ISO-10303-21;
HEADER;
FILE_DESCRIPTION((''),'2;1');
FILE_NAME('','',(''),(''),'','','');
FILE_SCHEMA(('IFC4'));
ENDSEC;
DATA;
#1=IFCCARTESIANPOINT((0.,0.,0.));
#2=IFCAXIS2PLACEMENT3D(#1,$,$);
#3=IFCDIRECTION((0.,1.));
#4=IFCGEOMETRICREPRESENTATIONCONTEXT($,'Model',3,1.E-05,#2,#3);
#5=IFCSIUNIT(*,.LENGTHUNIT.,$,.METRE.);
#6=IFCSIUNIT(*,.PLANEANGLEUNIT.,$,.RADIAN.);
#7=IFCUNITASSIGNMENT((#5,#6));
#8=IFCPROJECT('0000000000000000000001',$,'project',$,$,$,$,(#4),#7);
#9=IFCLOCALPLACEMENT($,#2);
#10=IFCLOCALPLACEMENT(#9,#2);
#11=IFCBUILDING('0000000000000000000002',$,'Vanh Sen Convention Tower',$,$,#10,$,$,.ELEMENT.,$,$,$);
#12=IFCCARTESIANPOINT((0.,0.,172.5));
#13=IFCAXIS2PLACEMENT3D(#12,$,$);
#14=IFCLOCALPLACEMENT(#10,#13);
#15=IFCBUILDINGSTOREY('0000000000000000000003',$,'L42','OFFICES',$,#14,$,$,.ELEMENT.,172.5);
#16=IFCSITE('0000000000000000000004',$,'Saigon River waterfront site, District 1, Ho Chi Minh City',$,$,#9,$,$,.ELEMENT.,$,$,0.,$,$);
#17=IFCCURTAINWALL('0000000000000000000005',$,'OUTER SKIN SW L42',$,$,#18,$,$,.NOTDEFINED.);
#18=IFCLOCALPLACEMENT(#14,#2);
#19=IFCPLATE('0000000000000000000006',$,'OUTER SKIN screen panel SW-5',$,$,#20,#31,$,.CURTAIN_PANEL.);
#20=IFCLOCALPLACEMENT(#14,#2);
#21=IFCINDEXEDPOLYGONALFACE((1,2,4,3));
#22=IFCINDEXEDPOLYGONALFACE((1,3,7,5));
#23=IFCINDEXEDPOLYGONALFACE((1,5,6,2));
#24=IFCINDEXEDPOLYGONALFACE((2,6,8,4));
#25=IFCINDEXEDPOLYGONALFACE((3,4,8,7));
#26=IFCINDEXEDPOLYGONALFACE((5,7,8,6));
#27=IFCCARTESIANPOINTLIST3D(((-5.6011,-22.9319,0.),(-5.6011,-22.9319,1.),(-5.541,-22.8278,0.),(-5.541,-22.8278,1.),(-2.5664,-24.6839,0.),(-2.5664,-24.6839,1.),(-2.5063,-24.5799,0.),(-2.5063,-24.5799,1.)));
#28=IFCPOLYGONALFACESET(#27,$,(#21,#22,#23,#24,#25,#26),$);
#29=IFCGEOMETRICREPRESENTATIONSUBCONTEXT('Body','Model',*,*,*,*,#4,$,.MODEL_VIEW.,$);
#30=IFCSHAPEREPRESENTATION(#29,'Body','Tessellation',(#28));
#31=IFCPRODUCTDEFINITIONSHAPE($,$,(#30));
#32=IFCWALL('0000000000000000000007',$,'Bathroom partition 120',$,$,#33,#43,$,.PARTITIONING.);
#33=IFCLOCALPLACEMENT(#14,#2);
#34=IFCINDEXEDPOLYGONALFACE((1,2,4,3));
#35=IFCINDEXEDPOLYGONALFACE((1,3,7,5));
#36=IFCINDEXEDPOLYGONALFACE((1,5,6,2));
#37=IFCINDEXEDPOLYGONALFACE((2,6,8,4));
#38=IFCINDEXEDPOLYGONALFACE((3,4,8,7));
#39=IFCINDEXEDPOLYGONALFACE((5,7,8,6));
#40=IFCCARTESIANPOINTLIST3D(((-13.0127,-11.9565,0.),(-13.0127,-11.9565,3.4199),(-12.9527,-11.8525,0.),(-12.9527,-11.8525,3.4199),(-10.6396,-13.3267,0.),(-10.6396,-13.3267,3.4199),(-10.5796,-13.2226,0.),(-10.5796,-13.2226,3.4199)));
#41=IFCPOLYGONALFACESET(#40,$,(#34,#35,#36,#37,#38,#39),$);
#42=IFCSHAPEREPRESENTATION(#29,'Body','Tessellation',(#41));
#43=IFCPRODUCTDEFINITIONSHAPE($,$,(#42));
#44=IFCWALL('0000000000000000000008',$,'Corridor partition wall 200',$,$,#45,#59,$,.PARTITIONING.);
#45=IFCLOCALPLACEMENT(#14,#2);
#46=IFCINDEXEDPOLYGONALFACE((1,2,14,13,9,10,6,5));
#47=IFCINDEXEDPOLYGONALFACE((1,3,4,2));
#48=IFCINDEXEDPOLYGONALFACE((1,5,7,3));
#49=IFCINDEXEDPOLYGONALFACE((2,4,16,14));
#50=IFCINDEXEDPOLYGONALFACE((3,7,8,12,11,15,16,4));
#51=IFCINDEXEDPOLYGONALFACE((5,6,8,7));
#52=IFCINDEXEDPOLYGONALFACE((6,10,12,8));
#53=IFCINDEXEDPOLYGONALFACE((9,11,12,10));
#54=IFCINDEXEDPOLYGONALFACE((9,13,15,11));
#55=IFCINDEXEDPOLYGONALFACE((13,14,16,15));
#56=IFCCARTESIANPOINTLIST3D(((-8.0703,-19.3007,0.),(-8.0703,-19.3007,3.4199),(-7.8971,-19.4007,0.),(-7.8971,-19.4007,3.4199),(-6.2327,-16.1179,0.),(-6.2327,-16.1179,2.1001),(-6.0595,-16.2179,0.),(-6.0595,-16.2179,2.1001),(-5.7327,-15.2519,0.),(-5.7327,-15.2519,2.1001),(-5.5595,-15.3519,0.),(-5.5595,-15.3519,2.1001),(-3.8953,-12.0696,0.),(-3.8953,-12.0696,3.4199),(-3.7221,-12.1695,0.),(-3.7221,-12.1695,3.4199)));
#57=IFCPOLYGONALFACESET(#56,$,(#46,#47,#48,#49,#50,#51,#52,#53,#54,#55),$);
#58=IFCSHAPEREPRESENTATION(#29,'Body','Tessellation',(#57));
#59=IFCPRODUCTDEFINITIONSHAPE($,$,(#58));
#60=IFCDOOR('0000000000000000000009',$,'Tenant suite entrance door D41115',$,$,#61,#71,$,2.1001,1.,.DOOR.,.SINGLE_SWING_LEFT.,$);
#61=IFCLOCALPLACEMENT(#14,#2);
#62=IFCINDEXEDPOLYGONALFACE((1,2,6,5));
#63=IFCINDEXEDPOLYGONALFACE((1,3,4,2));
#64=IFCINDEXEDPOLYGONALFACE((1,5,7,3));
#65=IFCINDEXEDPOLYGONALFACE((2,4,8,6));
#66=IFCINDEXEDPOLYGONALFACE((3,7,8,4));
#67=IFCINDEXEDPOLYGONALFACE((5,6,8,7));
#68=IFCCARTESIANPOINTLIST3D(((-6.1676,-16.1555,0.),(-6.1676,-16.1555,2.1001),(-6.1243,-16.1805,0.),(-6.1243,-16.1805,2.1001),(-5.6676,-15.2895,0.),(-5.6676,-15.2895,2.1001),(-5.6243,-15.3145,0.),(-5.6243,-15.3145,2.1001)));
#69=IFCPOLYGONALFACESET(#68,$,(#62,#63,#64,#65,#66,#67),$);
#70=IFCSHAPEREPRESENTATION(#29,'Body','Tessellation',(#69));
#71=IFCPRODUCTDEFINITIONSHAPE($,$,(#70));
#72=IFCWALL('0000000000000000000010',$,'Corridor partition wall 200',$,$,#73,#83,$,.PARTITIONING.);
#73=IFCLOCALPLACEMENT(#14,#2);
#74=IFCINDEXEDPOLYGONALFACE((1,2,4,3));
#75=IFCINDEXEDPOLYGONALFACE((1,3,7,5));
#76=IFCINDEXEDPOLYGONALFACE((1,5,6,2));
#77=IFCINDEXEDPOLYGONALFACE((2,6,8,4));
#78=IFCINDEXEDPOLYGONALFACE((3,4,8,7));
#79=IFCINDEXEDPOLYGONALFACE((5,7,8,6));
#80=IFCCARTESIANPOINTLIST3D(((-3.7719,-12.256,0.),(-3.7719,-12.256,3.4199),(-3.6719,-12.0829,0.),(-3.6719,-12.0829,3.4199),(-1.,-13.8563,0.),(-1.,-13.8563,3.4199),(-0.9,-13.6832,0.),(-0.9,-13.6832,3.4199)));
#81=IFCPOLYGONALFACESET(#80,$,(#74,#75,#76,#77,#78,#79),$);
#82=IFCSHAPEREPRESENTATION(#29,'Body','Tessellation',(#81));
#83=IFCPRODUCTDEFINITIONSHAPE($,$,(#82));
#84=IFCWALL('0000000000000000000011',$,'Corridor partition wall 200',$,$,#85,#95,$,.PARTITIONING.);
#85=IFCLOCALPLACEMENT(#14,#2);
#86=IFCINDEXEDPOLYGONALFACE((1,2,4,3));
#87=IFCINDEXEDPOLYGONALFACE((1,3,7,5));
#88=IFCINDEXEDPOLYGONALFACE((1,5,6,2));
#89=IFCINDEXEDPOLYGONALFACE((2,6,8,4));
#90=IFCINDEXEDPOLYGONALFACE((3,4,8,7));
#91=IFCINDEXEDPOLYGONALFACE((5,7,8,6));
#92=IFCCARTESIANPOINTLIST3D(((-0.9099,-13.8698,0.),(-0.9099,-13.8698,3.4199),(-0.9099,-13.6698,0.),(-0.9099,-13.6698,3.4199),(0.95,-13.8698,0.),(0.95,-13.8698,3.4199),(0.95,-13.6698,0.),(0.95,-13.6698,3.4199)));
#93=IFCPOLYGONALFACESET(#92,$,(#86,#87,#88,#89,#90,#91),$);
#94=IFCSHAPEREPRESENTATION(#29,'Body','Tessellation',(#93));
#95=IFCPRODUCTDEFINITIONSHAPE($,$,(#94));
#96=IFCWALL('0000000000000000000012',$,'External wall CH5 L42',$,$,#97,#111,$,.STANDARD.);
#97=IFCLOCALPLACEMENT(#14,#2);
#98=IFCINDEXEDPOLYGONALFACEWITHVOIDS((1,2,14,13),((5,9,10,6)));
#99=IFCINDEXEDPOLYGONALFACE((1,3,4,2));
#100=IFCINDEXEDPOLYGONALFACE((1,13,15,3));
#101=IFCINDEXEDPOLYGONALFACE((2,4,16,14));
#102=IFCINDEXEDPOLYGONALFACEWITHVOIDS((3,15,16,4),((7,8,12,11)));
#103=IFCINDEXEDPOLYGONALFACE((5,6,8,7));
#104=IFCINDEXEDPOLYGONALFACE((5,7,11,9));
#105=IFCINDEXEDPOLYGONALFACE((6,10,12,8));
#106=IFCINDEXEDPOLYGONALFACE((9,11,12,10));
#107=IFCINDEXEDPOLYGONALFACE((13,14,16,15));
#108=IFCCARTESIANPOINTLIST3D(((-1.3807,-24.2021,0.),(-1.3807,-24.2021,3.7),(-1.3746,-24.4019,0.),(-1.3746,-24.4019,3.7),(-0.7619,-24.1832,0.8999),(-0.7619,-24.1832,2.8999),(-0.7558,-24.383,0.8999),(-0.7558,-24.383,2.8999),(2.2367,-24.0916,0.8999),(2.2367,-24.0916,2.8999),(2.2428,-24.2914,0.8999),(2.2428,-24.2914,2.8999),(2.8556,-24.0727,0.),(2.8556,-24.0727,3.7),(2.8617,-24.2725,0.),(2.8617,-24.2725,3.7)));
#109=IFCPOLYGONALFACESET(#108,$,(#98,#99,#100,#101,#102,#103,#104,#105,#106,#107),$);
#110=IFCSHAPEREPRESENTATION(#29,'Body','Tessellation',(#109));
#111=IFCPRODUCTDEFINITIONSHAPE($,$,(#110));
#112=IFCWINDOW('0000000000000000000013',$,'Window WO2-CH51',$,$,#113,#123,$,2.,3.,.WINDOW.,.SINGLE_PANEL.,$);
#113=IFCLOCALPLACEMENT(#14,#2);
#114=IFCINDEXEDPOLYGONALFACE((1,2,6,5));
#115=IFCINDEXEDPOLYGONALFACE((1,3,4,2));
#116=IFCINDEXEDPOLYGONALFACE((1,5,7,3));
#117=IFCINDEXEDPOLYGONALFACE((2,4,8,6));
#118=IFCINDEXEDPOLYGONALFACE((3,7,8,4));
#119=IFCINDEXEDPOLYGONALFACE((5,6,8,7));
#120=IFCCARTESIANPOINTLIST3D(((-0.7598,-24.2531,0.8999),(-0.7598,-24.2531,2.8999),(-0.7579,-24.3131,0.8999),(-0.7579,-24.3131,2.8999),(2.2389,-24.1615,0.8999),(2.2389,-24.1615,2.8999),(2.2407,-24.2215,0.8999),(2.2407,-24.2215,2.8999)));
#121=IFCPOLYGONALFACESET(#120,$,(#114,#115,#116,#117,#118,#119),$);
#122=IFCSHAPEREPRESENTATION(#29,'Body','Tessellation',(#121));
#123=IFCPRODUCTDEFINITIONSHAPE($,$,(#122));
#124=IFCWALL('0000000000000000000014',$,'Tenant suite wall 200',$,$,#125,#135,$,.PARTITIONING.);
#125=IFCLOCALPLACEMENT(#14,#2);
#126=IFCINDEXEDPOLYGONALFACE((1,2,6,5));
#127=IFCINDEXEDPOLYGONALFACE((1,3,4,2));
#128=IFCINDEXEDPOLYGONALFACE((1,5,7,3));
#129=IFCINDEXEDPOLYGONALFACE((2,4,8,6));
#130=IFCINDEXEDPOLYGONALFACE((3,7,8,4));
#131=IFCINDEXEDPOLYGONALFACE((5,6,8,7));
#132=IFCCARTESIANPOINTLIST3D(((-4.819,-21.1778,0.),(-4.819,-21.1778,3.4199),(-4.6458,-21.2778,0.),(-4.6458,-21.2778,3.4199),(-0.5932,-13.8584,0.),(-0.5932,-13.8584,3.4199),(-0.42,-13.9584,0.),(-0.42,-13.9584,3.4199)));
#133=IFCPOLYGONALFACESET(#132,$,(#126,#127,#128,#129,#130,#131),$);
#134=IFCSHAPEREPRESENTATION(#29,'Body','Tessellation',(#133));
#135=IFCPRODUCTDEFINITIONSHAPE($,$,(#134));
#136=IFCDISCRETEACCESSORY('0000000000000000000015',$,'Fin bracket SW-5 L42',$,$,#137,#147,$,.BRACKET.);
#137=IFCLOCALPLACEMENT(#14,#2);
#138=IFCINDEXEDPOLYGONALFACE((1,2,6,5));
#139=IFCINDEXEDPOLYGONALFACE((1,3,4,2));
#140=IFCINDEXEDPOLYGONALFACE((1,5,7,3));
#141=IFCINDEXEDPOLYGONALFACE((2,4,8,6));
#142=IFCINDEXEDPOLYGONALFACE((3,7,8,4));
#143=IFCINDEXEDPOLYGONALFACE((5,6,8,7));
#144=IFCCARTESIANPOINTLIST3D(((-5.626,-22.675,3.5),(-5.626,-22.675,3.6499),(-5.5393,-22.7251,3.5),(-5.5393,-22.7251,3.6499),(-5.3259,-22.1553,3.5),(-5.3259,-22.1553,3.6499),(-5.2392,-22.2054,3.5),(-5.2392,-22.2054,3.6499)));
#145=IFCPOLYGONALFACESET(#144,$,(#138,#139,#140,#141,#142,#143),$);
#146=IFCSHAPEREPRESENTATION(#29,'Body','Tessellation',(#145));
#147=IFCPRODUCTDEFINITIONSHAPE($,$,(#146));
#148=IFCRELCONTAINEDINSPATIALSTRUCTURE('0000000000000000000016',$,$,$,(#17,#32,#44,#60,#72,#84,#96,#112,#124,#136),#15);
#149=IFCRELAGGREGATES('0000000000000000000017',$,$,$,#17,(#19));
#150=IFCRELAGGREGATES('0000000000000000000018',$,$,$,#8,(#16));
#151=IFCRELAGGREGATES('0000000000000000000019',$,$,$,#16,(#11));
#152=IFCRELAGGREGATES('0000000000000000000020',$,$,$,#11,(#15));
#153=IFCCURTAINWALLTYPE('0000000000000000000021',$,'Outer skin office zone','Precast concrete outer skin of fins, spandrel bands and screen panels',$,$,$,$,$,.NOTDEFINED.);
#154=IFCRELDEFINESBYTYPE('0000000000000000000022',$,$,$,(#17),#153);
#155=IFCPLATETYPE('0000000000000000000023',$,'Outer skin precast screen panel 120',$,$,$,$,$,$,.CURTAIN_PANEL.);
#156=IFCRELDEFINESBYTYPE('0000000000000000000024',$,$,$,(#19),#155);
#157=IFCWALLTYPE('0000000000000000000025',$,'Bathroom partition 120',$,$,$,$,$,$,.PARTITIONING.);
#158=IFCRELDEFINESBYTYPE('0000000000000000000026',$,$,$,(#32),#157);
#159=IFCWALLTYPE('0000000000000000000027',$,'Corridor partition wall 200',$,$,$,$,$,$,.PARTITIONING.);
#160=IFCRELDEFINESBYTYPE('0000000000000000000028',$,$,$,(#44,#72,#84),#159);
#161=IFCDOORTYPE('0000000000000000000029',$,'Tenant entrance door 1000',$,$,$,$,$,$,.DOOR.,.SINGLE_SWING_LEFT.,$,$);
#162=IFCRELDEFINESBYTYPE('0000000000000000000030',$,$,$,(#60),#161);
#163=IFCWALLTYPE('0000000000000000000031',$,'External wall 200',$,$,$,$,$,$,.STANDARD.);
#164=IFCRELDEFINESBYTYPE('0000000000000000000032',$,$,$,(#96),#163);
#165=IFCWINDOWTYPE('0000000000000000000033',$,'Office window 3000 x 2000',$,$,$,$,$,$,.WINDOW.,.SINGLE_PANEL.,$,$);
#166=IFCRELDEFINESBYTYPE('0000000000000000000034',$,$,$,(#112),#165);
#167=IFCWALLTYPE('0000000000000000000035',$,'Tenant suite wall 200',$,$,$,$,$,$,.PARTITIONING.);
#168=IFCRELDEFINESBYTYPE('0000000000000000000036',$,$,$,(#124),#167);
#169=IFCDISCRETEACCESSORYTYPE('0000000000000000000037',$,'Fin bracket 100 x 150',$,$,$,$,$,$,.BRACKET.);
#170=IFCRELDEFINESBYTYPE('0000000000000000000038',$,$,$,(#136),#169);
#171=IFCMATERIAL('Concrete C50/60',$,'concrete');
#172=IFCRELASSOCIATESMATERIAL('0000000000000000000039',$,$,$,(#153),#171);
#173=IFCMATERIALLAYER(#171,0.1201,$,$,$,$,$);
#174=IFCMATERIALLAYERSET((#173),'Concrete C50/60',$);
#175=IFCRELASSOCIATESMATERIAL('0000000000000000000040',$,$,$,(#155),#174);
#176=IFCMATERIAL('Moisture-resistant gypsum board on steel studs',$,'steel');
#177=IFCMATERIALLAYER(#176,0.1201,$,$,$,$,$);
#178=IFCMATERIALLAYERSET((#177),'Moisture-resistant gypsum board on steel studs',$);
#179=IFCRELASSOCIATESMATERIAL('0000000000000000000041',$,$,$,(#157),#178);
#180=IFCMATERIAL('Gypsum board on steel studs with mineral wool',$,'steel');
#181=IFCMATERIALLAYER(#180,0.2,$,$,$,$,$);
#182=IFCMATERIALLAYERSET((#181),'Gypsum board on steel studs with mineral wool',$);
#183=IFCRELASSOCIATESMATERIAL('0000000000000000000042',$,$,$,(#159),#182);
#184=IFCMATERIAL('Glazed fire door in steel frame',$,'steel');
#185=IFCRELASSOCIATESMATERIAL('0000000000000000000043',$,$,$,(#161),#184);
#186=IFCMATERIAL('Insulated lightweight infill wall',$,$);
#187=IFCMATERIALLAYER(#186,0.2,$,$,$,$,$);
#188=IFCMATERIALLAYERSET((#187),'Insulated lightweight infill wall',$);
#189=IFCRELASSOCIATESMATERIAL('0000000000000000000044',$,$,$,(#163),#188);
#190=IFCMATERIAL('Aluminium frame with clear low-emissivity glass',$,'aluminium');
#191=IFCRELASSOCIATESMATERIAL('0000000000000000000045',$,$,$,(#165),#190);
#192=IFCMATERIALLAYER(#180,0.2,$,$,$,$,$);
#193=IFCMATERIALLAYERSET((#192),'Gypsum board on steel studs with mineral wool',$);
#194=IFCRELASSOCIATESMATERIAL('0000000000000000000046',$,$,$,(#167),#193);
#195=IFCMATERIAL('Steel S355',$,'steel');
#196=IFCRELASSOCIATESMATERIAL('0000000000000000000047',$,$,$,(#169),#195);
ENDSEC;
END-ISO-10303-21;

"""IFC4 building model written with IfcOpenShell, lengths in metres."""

from ifc_helpers import new_model, si_unit, direction, frame, frame_2d, origin, origin_2d, place, context, subcontext, project, spatial, rectangle, extrude, material, layer, layer_set, type_object, element, fill, aggregate, save


model = new_model("IFC4")

# Units and contexts
model_context = context("Model", 3, precision=1e-05, world=origin(), true_north=direction((0.0, 1.0)))
body_context = subcontext(model_context, "Body", "Model", "MODEL_VIEW")
ifc_project = project(units=[si_unit("LENGTHUNIT", "METRE"), si_unit("PLANEANGLEUNIT", "RADIAN")], contexts=[model_context])

# Site, building, storey
site_placement = place(None, origin())
site = spatial("IfcSite", under=ifc_project, at=site_placement, Name="Saigon River waterfront site, District 1, Ho Chi Minh City", CompositionType="ELEMENT", RefElevation=0.0)
building_placement = place(site_placement, origin())
building = spatial("IfcBuilding", under=site, at=building_placement, Name="Vanh Sen Convention Tower", CompositionType="ELEMENT")
storey_placement = place(building_placement, frame((0.0, 0.0, 172.5)))
storey = spatial("IfcBuildingStorey", under=building, at=storey_placement, Name="L42", Description="OFFICES", CompositionType="ELEMENT", Elevation=172.5)

# Curtain wall
ifc_material_1 = material(Name="Concrete C50/60", Category="concrete")
curtain_wall_type = type_object("IfcCurtainWallType", Name="Outer skin office zone", Description="Precast concrete outer skin of fins, spandrel bands and screen panels", PredefinedType="NOTDEFINED", material=ifc_material_1)
curtain_wall_1_placement = place(storey_placement, origin())
curtain_wall_1 = element("IfcCurtainWall", 1, at=curtain_wall_1_placement, inside=storey, type_object=curtain_wall_type, Name="OUTER SKIN SW L42", PredefinedType="NOTDEFINED")

# Plate
ifc_layer_1 = layer(ifc_material_1, 0.1201)
ifc_layer_set_1 = layer_set([ifc_layer_1], Name="Concrete C50/60")
plate_type = type_object("IfcPlateType", Name="Outer skin precast screen panel 120", PredefinedType="CURTAIN_PANEL", material=ifc_layer_set_1)
plate_1_placement = place(storey_placement, frame((-4.0537, -23.7559, 0.0), z_axis=(0.0, 0.0, 1.0), x_axis=(0.866035, -0.499983, 0.0)))
plate_1 = element("IfcPlate", 2, at=plate_1_placement, type_object=plate_type, Name="OUTER SKIN screen panel SW-5", PredefinedType="CURTAIN_PANEL", context=body_context, shape_type="SweptSolid", body=[
    extrude(rectangle(XDim=3.5042, YDim=0.1201, at=origin_2d()), origin(), (0.0, 0.0, 1.0), 1.0),
])
aggregate(curtain_wall_1, [plate_1])

# Wall
ifc_material_2 = material(Name="Moisture-resistant gypsum board on steel studs", Category="steel")
ifc_layer_2 = layer(ifc_material_2, 0.1201)
ifc_layer_set_2 = layer_set([ifc_layer_2], Name="Moisture-resistant gypsum board on steel studs")
wall_type_1 = type_object("IfcWallType", Name="Bathroom partition 120", PredefinedType="PARTITIONING", material=ifc_layer_set_2)
wall_1_placement = place(storey_placement, frame((-10.6096, -13.2747, 0.0), z_axis=(0.0, 0.0, 1.0), x_axis=(-0.866019, 0.50001, 0.0)))
element("IfcWall", 3, at=wall_1_placement, inside=storey, type_object=wall_type_1, Name="Bathroom partition 120", PredefinedType="PARTITIONING", context=body_context, shape_type="SweptSolid", body=[
    extrude(rectangle(XDim=2.7402, YDim=0.1201, at=frame_2d((1.3701, 0.0))), origin(), (0.0, 0.0, 1.0), 3.4199),
])

# Wall, opening, door
ifc_material_3 = material(Name="Gypsum board on steel studs with mineral wool", Category="steel")
ifc_layer_3 = layer(ifc_material_3, 0.2)
ifc_layer_set_3 = layer_set([ifc_layer_3], Name="Gypsum board on steel studs with mineral wool")
wall_type_2 = type_object("IfcWallType", Name="Corridor partition wall 200", PredefinedType="PARTITIONING", material=ifc_layer_set_3)
wall_2_placement = place(storey_placement, frame((-7.9836, -19.3506, 0.0), z_axis=(0.0, 0.0, 1.0), x_axis=(0.50001, 0.86602, 0.0)))
wall_2 = element("IfcWall", 4, at=wall_2_placement, inside=storey, type_object=wall_type_2, Name="Corridor partition wall 200", PredefinedType="PARTITIONING", context=body_context, shape_type="SweptSolid", body=[
    extrude(rectangle(XDim=8.3499, YDim=0.2, at=frame_2d((4.1748, 0.0))), origin(), (0.0, 0.0, 1.0), 3.4199),
])
opening_1_placement = place(wall_2_placement, frame((3.675, 0.0, 0.0)))
opening_1 = element("IfcOpeningElement", 5, at=opening_1_placement, cuts=wall_2, PredefinedType="OPENING", context=body_context, shape_type="SweptSolid", body=[
    extrude(rectangle(XDim=1.0, YDim=2.1001, at=frame_2d((0.5, 1.05))), frame((0.0, 0.1099, 0.0), z_axis=(0.0, -1.0, 0.0), x_axis=(1.0, 0.0, 0.0)), (0.0, 0.0, 1.0), 0.22),
])
ifc_material_4 = material(Name="Glazed fire door in steel frame", Category="steel")
door_type = type_object("IfcDoorType", Name="Tenant entrance door 1000", OperationType="SINGLE_SWING_LEFT", PredefinedType="DOOR", material=ifc_material_4)
door_placement = place(opening_1_placement, origin())
door = element("IfcDoor", 6, at=door_placement, inside=storey, type_object=door_type, Name="Tenant suite entrance door D41115", OperationType="SINGLE_SWING_LEFT", OverallHeight=2.1001, OverallWidth=1.0, PredefinedType="DOOR", context=body_context, shape_type="SweptSolid", body=[
    extrude(rectangle(XDim=1.0, YDim=2.1001, at=frame_2d((0.5, 1.05))), frame((0.0, 0.0249, 0.0), z_axis=(0.0, -1.0, 0.0), x_axis=(1.0, 0.0, 0.0)), (0.0, 0.0, 1.0), 0.05),
])
fill(opening_1, door)

# Walls
wall_3_placement = place(storey_placement, frame((-3.7219, -12.1694, 0.0), z_axis=(0.0, 0.0, 1.0), x_axis=(0.866033, -0.499987, 0.0)))
element("IfcWall", 7, at=wall_3_placement, inside=storey, type_object=wall_type_2, Name="Corridor partition wall 200", PredefinedType="PARTITIONING", context=body_context, shape_type="SweptSolid", body=[
    extrude(rectangle(XDim=3.2007, YDim=0.2, at=frame_2d((1.6003, 0.0))), origin(), (0.0, 0.0, 1.0), 3.4199),
])
wall_4_placement = place(storey_placement, frame((-0.9099, -13.7698, 0.0), z_axis=(0.0, 0.0, 1.0), x_axis=(1.0, 0.0, 0.0)))
element("IfcWall", 8, at=wall_4_placement, inside=storey, type_object=wall_type_2, Name="Corridor partition wall 200", PredefinedType="PARTITIONING", context=body_context, shape_type="SweptSolid", body=[
    extrude(rectangle(XDim=1.8599, YDim=0.2, at=frame_2d((0.9299, 0.0))), origin(), (0.0, 0.0, 1.0), 3.4199),
])

# Wall, opening, window
ifc_material_5 = material(Name="Insulated lightweight infill wall")
ifc_layer_4 = layer(ifc_material_5, 0.2)
ifc_layer_set_4 = layer_set([ifc_layer_4], Name="Insulated lightweight infill wall")
wall_type_3 = type_object("IfcWallType", Name="External wall 200", PredefinedType="STANDARD", material=ifc_layer_set_4)
wall_5_placement = place(storey_placement, frame((-1.3777, -24.302, 0.0), z_axis=(0.0, 0.0, 1.0), x_axis=(0.999534, 0.03053, 0.0)))
wall_5 = element("IfcWall", 9, at=wall_5_placement, inside=storey, type_object=wall_type_3, Name="External wall CH5 L42", PredefinedType="STANDARD", context=body_context, shape_type="SweptSolid", body=[
    extrude(rectangle(XDim=4.2383, YDim=0.2, at=frame_2d((2.1191, 0.0))), origin(), (0.0, 0.0, 1.0), 3.7),
])
opening_2_placement = place(wall_5_placement, frame((0.6191, 0.0, 0.8999)))
opening_2 = element("IfcOpeningElement", 10, at=opening_2_placement, cuts=wall_5, PredefinedType="OPENING", context=body_context, shape_type="SweptSolid", body=[
    extrude(rectangle(XDim=3.0, YDim=2.0, at=frame_2d((1.5, 1.0))), frame((0.0, 0.1099, 0.0), z_axis=(0.0, -1.0, 0.0), x_axis=(1.0, 0.0, 0.0)), (0.0, 0.0, 1.0), 0.22),
])
ifc_material_6 = material(Name="Aluminium frame with clear low-emissivity glass", Category="aluminium")
window_type = type_object("IfcWindowType", Name="Office window 3000 x 2000", PartitioningType="SINGLE_PANEL", PredefinedType="WINDOW", material=ifc_material_6)
window_placement = place(opening_2_placement, origin())
window = element("IfcWindow", 11, at=window_placement, inside=storey, type_object=window_type, Name="Window WO2-CH51", OverallHeight=2.0, OverallWidth=3.0, PartitioningType="SINGLE_PANEL", PredefinedType="WINDOW", context=body_context, shape_type="SweptSolid", body=[
    extrude(rectangle(XDim=3.0, YDim=2.0, at=frame_2d((1.5, 1.0))), frame((0.0, 0.03, 0.0), z_axis=(0.0, -1.0, 0.0), x_axis=(1.0, 0.0, 0.0)), (0.0, 0.0, 1.0), 0.0601),
])
fill(opening_2, window)

# Wall
ifc_layer_5 = layer(ifc_material_3, 0.2)
ifc_layer_set_5 = layer_set([ifc_layer_5], Name="Gypsum board on steel studs with mineral wool")
wall_type_4 = type_object("IfcWallType", Name="Tenant suite wall 200", PredefinedType="PARTITIONING", material=ifc_layer_set_5)
wall_6_placement = place(storey_placement, frame((-4.7324, -21.2278, 0.0), z_axis=(0.0, 0.0, 1.0), x_axis=(0.500001, 0.866025, 0.0)))
element("IfcWall", 12, at=wall_6_placement, inside=storey, type_object=wall_type_4, Name="Tenant suite wall 200", PredefinedType="PARTITIONING", context=body_context, shape_type="SweptSolid", body=[
    extrude(rectangle(XDim=8.4517, YDim=0.2, at=frame_2d((4.2258, 0.0))), origin(), (0.0, 0.0, 1.0), 3.4199),
])

# Discrete accessory
ifc_material_7 = material(Name="Steel S355", Category="steel")
discrete_accessory_type = type_object("IfcDiscreteAccessoryType", Name="Fin bracket 100 x 150", PredefinedType="BRACKET", material=ifc_material_7)
discrete_accessory_placement = place(storey_placement, frame((-5.4326, -22.4402, 3.5), z_axis=(0.0, 0.0, 1.0), x_axis=(-0.5, -0.866025, 0.0)))
element("IfcDiscreteAccessory", 13, at=discrete_accessory_placement, inside=storey, type_object=discrete_accessory_type, Name="Fin bracket SW-5 L42", PredefinedType="BRACKET", context=body_context, shape_type="SweptSolid", body=[
    extrude(rectangle(XDim=0.6001, YDim=0.1001, at=origin_2d()), origin(), (0.0, 0.0, 1.0), 0.1499),
])

save(model, "model.ifc")
